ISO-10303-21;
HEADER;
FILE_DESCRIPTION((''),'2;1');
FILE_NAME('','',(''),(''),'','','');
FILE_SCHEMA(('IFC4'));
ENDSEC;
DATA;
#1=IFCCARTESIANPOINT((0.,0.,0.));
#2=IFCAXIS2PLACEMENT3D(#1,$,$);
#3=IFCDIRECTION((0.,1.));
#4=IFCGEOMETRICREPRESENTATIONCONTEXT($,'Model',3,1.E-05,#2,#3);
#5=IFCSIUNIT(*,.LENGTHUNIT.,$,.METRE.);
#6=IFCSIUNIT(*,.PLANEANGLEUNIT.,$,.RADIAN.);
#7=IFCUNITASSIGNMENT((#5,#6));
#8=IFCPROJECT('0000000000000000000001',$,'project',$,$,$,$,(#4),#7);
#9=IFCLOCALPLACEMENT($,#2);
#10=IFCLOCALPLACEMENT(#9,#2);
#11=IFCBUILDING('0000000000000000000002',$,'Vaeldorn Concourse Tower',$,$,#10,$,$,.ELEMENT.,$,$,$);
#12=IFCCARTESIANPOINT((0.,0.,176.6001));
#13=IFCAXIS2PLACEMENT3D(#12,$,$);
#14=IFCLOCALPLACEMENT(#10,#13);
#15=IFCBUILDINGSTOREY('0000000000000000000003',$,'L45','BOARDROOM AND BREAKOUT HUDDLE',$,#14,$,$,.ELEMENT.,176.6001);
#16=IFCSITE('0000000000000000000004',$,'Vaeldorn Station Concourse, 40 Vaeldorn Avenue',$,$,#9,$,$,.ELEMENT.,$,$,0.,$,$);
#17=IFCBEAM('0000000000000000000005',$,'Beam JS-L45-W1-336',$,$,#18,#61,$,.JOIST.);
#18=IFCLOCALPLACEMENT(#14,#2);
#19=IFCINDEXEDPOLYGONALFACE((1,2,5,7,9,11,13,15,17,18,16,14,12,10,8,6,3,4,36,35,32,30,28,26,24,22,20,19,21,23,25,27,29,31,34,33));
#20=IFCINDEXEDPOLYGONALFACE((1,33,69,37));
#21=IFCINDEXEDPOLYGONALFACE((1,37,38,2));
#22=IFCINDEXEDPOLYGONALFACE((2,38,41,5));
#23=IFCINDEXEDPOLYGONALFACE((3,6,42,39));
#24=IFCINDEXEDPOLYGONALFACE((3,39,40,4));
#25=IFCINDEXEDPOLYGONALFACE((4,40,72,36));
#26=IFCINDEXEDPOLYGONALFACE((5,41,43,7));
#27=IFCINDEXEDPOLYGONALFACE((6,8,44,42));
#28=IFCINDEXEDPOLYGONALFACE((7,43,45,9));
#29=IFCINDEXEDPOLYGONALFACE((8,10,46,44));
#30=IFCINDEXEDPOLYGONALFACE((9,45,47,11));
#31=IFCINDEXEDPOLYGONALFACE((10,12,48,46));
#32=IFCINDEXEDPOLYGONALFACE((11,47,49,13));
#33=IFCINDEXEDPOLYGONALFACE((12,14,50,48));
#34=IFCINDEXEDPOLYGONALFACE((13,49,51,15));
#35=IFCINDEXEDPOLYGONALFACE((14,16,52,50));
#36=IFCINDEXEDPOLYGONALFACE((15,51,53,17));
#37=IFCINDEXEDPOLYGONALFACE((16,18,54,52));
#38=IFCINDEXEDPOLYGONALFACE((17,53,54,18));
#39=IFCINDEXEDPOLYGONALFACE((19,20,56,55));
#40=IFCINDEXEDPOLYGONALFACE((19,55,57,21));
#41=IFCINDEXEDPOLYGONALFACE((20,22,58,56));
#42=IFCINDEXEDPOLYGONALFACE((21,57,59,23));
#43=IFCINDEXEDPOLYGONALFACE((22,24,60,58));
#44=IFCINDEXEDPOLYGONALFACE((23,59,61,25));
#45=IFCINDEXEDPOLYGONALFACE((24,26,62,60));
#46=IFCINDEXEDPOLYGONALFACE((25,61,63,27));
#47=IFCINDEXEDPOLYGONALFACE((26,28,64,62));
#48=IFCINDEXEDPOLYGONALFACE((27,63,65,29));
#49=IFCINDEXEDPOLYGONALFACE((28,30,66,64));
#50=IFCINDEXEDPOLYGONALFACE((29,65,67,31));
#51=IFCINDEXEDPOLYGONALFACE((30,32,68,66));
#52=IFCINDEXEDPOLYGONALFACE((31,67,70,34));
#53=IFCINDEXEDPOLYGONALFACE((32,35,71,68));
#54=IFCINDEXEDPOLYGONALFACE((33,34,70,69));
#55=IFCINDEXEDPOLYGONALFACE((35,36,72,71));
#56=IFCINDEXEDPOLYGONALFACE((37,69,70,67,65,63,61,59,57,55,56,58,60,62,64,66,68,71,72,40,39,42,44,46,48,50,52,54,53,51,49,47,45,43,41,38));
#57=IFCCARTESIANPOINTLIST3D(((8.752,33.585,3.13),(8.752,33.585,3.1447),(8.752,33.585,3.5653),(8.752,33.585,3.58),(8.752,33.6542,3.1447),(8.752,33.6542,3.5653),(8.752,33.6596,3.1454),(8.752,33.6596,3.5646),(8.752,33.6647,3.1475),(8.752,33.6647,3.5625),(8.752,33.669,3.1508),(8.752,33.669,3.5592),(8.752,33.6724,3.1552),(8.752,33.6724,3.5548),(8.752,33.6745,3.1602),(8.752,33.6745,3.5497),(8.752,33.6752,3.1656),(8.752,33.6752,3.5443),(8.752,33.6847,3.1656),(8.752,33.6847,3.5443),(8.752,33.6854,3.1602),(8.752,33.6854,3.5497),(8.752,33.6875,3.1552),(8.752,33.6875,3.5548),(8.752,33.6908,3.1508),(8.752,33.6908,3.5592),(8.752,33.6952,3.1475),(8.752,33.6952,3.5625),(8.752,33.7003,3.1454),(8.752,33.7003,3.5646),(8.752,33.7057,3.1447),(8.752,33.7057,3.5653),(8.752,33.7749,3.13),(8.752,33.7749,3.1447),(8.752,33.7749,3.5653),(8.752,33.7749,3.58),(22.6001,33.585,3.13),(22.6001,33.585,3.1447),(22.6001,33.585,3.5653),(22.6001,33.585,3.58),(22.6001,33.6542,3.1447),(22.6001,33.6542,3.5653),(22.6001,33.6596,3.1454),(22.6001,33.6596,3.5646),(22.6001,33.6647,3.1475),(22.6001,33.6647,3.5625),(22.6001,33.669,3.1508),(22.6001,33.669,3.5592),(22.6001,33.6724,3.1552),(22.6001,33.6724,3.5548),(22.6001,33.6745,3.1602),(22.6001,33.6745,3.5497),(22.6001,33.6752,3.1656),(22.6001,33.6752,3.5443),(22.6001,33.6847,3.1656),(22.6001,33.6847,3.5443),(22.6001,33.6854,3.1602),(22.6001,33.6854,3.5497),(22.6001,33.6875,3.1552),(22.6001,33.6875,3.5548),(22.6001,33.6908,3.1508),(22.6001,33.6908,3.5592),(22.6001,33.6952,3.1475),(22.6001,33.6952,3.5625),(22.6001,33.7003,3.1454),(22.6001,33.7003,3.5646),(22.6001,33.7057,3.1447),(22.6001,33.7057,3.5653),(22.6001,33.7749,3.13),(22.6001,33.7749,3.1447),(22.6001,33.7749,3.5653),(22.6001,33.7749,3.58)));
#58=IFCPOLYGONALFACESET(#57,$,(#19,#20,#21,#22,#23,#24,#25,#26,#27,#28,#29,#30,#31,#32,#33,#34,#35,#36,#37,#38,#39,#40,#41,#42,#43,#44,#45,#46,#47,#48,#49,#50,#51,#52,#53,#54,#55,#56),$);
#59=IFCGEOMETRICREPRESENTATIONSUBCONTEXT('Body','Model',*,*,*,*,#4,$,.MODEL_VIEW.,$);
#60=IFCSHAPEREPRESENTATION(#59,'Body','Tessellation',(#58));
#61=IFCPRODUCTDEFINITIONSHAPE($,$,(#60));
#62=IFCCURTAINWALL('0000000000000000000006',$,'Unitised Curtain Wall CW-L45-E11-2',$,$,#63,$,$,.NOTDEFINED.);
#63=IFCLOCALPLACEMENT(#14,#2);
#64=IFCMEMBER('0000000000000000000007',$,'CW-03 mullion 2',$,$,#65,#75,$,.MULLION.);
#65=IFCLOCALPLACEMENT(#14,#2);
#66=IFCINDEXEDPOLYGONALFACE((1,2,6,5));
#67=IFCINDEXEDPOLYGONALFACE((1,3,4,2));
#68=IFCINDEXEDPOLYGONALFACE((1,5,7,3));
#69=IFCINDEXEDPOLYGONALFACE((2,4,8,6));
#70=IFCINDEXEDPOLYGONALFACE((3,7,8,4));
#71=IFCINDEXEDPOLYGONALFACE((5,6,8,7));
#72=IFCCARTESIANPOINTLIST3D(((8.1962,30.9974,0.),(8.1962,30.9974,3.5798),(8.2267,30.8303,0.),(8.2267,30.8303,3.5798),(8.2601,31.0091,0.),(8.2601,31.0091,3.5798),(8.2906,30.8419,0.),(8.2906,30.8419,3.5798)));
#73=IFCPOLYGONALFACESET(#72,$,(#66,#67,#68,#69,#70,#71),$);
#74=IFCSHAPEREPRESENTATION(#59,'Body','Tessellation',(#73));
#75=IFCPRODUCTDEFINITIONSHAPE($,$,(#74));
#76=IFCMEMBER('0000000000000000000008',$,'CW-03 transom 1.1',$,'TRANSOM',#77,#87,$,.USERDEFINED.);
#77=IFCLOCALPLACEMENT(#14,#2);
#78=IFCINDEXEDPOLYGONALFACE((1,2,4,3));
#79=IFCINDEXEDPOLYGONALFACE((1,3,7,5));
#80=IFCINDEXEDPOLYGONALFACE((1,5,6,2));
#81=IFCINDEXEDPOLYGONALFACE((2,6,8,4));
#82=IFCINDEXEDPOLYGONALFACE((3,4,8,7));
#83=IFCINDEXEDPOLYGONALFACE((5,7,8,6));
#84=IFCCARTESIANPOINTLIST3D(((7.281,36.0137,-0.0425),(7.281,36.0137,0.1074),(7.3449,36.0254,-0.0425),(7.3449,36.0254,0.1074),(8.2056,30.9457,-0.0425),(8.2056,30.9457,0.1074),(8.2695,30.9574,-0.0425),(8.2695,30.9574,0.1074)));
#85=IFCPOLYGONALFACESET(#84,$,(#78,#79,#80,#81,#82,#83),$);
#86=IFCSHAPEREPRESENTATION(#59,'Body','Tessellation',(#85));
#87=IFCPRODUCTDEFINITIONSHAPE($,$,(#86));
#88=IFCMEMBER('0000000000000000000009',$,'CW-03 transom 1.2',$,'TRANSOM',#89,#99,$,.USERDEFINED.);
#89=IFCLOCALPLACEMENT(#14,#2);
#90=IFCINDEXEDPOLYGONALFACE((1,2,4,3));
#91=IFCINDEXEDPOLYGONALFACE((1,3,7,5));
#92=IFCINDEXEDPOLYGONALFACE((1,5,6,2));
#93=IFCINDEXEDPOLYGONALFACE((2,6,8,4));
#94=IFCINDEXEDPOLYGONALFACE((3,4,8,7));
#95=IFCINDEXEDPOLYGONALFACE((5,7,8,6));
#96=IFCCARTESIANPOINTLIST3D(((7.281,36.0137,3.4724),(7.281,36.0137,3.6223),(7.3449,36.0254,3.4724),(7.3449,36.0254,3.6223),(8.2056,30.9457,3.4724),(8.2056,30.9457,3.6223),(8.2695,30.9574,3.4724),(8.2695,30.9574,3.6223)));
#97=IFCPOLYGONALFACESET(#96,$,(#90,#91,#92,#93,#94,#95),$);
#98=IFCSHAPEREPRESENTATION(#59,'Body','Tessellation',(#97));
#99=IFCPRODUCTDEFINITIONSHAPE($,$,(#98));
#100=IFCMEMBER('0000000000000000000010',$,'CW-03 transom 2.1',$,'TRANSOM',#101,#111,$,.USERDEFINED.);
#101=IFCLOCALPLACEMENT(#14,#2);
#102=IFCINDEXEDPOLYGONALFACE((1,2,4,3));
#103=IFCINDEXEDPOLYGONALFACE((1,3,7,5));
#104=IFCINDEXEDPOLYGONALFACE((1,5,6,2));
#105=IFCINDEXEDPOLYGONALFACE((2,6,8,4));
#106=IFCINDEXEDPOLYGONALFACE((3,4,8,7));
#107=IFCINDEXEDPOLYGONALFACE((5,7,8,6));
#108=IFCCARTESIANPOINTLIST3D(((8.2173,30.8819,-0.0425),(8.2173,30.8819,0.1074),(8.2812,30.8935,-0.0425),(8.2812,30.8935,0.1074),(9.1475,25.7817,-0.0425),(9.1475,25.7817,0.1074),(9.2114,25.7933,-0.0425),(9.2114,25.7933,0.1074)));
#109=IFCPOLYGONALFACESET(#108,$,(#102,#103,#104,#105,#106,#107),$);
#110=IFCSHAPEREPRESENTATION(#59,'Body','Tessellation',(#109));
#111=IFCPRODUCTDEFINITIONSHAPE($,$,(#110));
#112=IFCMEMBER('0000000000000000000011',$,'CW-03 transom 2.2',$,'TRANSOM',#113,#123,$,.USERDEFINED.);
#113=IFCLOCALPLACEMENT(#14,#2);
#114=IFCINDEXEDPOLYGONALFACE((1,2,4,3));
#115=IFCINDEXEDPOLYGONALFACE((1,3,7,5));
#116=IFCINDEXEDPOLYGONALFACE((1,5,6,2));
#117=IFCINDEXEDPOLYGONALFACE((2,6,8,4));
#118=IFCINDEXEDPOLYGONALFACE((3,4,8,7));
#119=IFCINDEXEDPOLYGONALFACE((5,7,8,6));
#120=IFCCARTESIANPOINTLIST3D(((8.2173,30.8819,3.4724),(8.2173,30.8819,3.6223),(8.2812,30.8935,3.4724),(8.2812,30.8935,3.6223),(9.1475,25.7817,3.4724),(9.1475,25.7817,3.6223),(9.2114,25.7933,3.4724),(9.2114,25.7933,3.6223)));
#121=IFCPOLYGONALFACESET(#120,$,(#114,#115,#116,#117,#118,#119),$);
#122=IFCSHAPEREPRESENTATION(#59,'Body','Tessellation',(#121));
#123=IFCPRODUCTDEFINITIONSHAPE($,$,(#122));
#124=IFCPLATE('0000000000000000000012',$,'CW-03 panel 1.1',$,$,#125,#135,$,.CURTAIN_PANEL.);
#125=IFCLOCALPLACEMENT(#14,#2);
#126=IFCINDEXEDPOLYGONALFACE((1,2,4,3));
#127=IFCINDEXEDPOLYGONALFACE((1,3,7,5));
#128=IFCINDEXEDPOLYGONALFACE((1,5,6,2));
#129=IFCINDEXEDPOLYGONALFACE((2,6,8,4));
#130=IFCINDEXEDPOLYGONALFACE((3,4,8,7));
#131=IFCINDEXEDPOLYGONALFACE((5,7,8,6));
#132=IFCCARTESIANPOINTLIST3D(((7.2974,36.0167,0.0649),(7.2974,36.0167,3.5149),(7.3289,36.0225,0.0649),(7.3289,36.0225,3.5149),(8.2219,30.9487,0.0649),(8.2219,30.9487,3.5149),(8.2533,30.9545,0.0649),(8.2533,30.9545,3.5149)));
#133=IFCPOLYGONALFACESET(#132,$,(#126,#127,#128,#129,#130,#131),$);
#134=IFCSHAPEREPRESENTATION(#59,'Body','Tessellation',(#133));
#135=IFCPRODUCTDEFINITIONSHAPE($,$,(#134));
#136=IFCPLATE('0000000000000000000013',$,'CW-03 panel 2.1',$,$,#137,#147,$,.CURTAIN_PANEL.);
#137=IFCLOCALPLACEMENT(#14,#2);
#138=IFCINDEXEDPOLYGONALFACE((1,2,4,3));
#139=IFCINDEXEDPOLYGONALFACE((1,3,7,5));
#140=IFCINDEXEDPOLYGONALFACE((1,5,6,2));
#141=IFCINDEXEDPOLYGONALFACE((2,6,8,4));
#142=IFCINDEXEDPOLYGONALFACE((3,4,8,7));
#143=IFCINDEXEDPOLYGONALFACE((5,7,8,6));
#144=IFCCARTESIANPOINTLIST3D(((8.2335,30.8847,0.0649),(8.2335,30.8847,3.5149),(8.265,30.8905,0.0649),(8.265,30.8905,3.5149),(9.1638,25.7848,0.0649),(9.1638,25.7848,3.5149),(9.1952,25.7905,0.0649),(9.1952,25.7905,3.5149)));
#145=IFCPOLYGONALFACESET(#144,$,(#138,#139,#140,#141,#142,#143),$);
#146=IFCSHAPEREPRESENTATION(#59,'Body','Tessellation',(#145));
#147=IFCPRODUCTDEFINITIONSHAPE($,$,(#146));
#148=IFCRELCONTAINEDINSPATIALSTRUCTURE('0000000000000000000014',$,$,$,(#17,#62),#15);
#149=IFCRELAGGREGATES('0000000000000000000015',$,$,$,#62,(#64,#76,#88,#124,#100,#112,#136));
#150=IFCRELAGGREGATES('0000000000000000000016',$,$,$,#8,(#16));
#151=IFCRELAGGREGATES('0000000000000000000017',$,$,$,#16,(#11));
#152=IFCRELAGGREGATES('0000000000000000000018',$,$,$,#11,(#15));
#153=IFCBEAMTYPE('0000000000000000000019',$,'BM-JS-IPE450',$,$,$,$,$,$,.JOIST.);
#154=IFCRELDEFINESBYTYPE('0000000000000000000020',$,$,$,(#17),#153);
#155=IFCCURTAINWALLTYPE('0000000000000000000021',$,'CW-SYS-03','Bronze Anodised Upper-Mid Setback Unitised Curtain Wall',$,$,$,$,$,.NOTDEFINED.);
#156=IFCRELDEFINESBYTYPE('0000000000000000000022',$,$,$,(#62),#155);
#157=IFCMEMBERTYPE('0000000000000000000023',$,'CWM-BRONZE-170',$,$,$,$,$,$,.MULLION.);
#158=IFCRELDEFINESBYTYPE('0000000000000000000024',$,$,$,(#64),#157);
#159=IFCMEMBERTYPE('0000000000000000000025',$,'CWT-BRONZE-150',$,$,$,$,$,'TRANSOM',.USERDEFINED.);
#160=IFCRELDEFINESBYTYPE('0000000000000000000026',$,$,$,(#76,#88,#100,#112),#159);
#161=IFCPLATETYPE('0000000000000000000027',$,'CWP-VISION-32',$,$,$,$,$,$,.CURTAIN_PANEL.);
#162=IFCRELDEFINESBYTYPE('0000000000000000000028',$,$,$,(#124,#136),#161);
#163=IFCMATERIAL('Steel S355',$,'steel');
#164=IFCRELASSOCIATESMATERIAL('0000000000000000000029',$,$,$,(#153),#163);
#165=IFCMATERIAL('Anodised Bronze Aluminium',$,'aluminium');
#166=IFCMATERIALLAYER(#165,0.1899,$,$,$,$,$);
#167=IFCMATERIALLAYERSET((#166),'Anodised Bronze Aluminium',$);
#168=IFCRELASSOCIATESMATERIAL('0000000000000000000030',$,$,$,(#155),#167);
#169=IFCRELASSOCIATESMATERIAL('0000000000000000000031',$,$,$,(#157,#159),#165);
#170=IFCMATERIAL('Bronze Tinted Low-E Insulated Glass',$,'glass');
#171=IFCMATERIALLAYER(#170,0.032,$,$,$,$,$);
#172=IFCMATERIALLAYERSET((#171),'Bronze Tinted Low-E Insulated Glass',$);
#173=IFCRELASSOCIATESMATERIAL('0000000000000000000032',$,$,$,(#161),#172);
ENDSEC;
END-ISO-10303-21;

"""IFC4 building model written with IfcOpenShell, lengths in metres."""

from ifc_helpers import new_model, si_unit, direction, frame, origin, origin_2d, place, context, subcontext, project, spatial, rectangle, i_section, extrude, source, transform, mapped, material, layer, layer_set, material_profile, profile_set, type_object, element, aggregate, save


model = new_model("IFC4")

# Units and contexts
model_context = context("Model", 3, precision=1e-05, world=origin(), true_north=direction((0.0, 1.0)))
body_context = subcontext(model_context, "Body", "Model", "MODEL_VIEW")
ifc_project = project(units=[si_unit("LENGTHUNIT", "METRE"), si_unit("PLANEANGLEUNIT", "RADIAN")], contexts=[model_context])

# Site, building, storey
site_placement = place(None, origin())
site = spatial("IfcSite", under=ifc_project, at=site_placement, Name="Vaeldorn Station Concourse, 40 Vaeldorn Avenue", CompositionType="ELEMENT", RefElevation=0.0)
building_placement = place(site_placement, origin())
building = spatial("IfcBuilding", under=site, at=building_placement, Name="Vaeldorn Concourse Tower", CompositionType="ELEMENT")
storey_placement = place(building_placement, frame((0.0, 0.0, 176.6001)))
storey = spatial("IfcBuildingStorey", under=building, at=storey_placement, Name="L45", Description="BOARDROOM AND BREAKOUT HUDDLE", CompositionType="ELEMENT", Elevation=176.6001)

# Beam
ifc_material_1 = material(Name="Steel S355", Category="steel")
ifc_material_profile_1 = material_profile(ifc_material_1, i_section(OverallWidth=0.1899, OverallDepth=0.45, WebThickness=0.0095, FlangeThickness=0.0146, FilletRadius=0.021, at=origin_2d()), Name="IPE 450")
ifc_profile_set_1 = profile_set([ifc_material_profile_1], Name="Steel S355")
beam_type_1 = type_object("IfcBeamType", Name="BM-JS-IPE450", PredefinedType="JOIST", material=ifc_profile_set_1)
shared_shape_1 = source(origin(), body_context, "Body", "SweptSolid", [
    extrude(i_section(OverallWidth=0.1899, OverallDepth=0.45, WebThickness=0.0095, FlangeThickness=0.0146, FilletRadius=0.021, at=origin_2d()), origin(), (0.0, 0.0, 1.0), 13.8481),
])
beam_1_placement = place(storey_placement, frame((8.752, 33.6799, 3.355), z_axis=(1.0, 0.0, 0.0), x_axis=(0.0, 1.0, 0.0)))
element("IfcBeam", 1, at=beam_1_placement, inside=storey, type_object=beam_type_1, Name="Beam JS-L45-W1-336", PredefinedType="JOIST", context=body_context, shape_type="MappedRepresentation", body=[
    mapped(shared_shape_1, transform((0.0, 0.0, 0.0), scale=1.0)),
])

# Curtain wall, members, plates
ifc_material_2 = material(Name="Anodised Bronze Aluminium", Category="aluminium")
ifc_layer_1 = layer(ifc_material_2, 0.1899)
ifc_layer_set_1 = layer_set([ifc_layer_1], Name="Anodised Bronze Aluminium")
curtain_wall_type = type_object("IfcCurtainWallType", Name="CW-SYS-03", Description="Bronze Anodised Upper-Mid Setback Unitised Curtain Wall", PredefinedType="NOTDEFINED", material=ifc_layer_set_1)
curtain_wall_placement = place(storey_placement, origin())
curtain_wall = element("IfcCurtainWall", 2, at=curtain_wall_placement, inside=storey, type_object=curtain_wall_type, Name="Unitised Curtain Wall CW-L45-E11-2", PredefinedType="NOTDEFINED")
ifc_material_profile_2 = material_profile(ifc_material_2, rectangle(XDim=0.0649, YDim=0.1699, at=origin_2d()), Name="CWM 65x170")
ifc_profile_set_2 = profile_set([ifc_material_profile_2], Name="Anodised Bronze Aluminium")
member_type_1 = type_object("IfcMemberType", Name="CWM-BRONZE-170", PredefinedType="MULLION", material=ifc_profile_set_2)
shared_shape_2 = source(origin(), body_context, "Body", "SweptSolid", [
    extrude(rectangle(XDim=0.0649, YDim=0.1699, at=origin_2d()), origin(), (0.0, 0.0, 1.0), 3.5798),
])
member_1_placement = place(storey_placement, frame((8.2434, 30.9197, 0.0), z_axis=(0.0, 0.0, 1.0), x_axis=(0.983768, 0.179446, 0.0)))
member_1 = element("IfcMember", 3, at=member_1_placement, type_object=member_type_1, Name="CW-03 mullion 2", PredefinedType="MULLION", context=body_context, shape_type="MappedRepresentation", body=[
    mapped(shared_shape_2, transform((0.0, 0.0, 0.0), scale=1.0)),
])
ifc_material_profile_3 = material_profile(ifc_material_2, rectangle(XDim=0.0649, YDim=0.1499, at=origin_2d()), Name="CWT 65x150")
ifc_profile_set_3 = profile_set([ifc_material_profile_3], Name="Anodised Bronze Aluminium")
member_type_2 = type_object("IfcMemberType", Name="CWT-BRONZE-150", ElementType="TRANSOM", PredefinedType="USERDEFINED", material=ifc_profile_set_3)
shared_shape_3 = source(origin(), body_context, "Body", "SweptSolid", [
    extrude(rectangle(XDim=0.0649, YDim=0.1499, at=origin_2d()), origin(), (0.0, 0.0, 1.0), 5.1516),
])
member_2_placement = place(storey_placement, frame((7.313, 36.0195, 0.0325), z_axis=(0.179473, -0.983763, 0.0), x_axis=(0.983763, 0.179473, 0.0)))
member_2 = element("IfcMember", 4, at=member_2_placement, type_object=member_type_2, Name="CW-03 transom 1.1", ObjectType="TRANSOM", PredefinedType="USERDEFINED", context=body_context, shape_type="MappedRepresentation", body=[
    mapped(shared_shape_3, transform((0.0, 0.0, 0.0), scale=1.0)),
])
member_3_placement = place(storey_placement, frame((7.313, 36.0195, 3.5474), z_axis=(0.179473, -0.983763, 0.0), x_axis=(0.983763, 0.179473, 0.0)))
member_3 = element("IfcMember", 5, at=member_3_placement, type_object=member_type_2, Name="CW-03 transom 1.2", ObjectType="TRANSOM", PredefinedType="USERDEFINED", context=body_context, shape_type="MappedRepresentation", body=[
    mapped(shared_shape_3, transform((0.0, 0.0, 0.0), scale=1.0)),
])
shared_shape_4 = source(origin(), body_context, "Body", "SweptSolid", [
    extrude(rectangle(XDim=0.0649, YDim=0.1499, at=origin_2d()), origin(), (0.0, 0.0, 1.0), 5.1843),
])
member_4_placement = place(storey_placement, frame((8.2493, 30.8877, 0.0325), z_axis=(0.179424, -0.983772, 0.0), x_axis=(0.983772, 0.179424, 0.0)))
member_4 = element("IfcMember", 6, at=member_4_placement, type_object=member_type_2, Name="CW-03 transom 2.1", ObjectType="TRANSOM", PredefinedType="USERDEFINED", context=body_context, shape_type="MappedRepresentation", body=[
    mapped(shared_shape_4, transform((0.0, 0.0, 0.0), scale=1.0)),
])
member_5_placement = place(storey_placement, frame((8.2493, 30.8877, 3.5474), z_axis=(0.179424, -0.983772, 0.0), x_axis=(0.983772, 0.179424, 0.0)))
member_5 = element("IfcMember", 7, at=member_5_placement, type_object=member_type_2, Name="CW-03 transom 2.2", ObjectType="TRANSOM", PredefinedType="USERDEFINED", context=body_context, shape_type="MappedRepresentation", body=[
    mapped(shared_shape_4, transform((0.0, 0.0, 0.0), scale=1.0)),
])
ifc_material_3 = material(Name="Bronze Tinted Low-E Insulated Glass", Category="glass")
ifc_layer_2 = layer(ifc_material_3, 0.032)
ifc_layer_set_2 = layer_set([ifc_layer_2], Name="Bronze Tinted Low-E Insulated Glass")
plate_type = type_object("IfcPlateType", Name="CWP-VISION-32", PredefinedType="CURTAIN_PANEL", material=ifc_layer_set_2)
shared_shape_5 = source(origin(), body_context, "Body", "SweptSolid", [
    extrude(rectangle(XDim=5.1516, YDim=0.032, at=origin_2d()), origin(), (0.0, 0.0, 1.0), 3.45),
])
plate_1_placement = place(storey_placement, frame((7.7754, 33.4856, 0.0649), z_axis=(0.0, 0.0, 1.0), x_axis=(0.179446, -0.983768, 0.0)))
plate_1 = element("IfcPlate", 8, at=plate_1_placement, type_object=plate_type, Name="CW-03 panel 1.1", PredefinedType="CURTAIN_PANEL", context=body_context, shape_type="MappedRepresentation", body=[
    mapped(shared_shape_5, transform((0.0, 0.0, 0.0), scale=1.0)),
])
shared_shape_6 = source(origin(), body_context, "Body", "SweptSolid", [
    extrude(rectangle(XDim=5.1841, YDim=0.032, at=origin_2d()), origin(), (0.0, 0.0, 1.0), 3.45),
])
plate_2_placement = place(storey_placement, frame((8.7144, 28.3376, 0.0649), z_axis=(0.0, 0.0, 1.0), x_axis=(0.179446, -0.983768, 0.0)))
plate_2 = element("IfcPlate", 9, at=plate_2_placement, type_object=plate_type, Name="CW-03 panel 2.1", PredefinedType="CURTAIN_PANEL", context=body_context, shape_type="MappedRepresentation", body=[
    mapped(shared_shape_6, transform((0.0, 0.0, 0.0), scale=1.0)),
])
aggregate(curtain_wall, [member_1, member_2, member_3, plate_1, member_4, member_5, plate_2])

save(model, "model.ifc")
